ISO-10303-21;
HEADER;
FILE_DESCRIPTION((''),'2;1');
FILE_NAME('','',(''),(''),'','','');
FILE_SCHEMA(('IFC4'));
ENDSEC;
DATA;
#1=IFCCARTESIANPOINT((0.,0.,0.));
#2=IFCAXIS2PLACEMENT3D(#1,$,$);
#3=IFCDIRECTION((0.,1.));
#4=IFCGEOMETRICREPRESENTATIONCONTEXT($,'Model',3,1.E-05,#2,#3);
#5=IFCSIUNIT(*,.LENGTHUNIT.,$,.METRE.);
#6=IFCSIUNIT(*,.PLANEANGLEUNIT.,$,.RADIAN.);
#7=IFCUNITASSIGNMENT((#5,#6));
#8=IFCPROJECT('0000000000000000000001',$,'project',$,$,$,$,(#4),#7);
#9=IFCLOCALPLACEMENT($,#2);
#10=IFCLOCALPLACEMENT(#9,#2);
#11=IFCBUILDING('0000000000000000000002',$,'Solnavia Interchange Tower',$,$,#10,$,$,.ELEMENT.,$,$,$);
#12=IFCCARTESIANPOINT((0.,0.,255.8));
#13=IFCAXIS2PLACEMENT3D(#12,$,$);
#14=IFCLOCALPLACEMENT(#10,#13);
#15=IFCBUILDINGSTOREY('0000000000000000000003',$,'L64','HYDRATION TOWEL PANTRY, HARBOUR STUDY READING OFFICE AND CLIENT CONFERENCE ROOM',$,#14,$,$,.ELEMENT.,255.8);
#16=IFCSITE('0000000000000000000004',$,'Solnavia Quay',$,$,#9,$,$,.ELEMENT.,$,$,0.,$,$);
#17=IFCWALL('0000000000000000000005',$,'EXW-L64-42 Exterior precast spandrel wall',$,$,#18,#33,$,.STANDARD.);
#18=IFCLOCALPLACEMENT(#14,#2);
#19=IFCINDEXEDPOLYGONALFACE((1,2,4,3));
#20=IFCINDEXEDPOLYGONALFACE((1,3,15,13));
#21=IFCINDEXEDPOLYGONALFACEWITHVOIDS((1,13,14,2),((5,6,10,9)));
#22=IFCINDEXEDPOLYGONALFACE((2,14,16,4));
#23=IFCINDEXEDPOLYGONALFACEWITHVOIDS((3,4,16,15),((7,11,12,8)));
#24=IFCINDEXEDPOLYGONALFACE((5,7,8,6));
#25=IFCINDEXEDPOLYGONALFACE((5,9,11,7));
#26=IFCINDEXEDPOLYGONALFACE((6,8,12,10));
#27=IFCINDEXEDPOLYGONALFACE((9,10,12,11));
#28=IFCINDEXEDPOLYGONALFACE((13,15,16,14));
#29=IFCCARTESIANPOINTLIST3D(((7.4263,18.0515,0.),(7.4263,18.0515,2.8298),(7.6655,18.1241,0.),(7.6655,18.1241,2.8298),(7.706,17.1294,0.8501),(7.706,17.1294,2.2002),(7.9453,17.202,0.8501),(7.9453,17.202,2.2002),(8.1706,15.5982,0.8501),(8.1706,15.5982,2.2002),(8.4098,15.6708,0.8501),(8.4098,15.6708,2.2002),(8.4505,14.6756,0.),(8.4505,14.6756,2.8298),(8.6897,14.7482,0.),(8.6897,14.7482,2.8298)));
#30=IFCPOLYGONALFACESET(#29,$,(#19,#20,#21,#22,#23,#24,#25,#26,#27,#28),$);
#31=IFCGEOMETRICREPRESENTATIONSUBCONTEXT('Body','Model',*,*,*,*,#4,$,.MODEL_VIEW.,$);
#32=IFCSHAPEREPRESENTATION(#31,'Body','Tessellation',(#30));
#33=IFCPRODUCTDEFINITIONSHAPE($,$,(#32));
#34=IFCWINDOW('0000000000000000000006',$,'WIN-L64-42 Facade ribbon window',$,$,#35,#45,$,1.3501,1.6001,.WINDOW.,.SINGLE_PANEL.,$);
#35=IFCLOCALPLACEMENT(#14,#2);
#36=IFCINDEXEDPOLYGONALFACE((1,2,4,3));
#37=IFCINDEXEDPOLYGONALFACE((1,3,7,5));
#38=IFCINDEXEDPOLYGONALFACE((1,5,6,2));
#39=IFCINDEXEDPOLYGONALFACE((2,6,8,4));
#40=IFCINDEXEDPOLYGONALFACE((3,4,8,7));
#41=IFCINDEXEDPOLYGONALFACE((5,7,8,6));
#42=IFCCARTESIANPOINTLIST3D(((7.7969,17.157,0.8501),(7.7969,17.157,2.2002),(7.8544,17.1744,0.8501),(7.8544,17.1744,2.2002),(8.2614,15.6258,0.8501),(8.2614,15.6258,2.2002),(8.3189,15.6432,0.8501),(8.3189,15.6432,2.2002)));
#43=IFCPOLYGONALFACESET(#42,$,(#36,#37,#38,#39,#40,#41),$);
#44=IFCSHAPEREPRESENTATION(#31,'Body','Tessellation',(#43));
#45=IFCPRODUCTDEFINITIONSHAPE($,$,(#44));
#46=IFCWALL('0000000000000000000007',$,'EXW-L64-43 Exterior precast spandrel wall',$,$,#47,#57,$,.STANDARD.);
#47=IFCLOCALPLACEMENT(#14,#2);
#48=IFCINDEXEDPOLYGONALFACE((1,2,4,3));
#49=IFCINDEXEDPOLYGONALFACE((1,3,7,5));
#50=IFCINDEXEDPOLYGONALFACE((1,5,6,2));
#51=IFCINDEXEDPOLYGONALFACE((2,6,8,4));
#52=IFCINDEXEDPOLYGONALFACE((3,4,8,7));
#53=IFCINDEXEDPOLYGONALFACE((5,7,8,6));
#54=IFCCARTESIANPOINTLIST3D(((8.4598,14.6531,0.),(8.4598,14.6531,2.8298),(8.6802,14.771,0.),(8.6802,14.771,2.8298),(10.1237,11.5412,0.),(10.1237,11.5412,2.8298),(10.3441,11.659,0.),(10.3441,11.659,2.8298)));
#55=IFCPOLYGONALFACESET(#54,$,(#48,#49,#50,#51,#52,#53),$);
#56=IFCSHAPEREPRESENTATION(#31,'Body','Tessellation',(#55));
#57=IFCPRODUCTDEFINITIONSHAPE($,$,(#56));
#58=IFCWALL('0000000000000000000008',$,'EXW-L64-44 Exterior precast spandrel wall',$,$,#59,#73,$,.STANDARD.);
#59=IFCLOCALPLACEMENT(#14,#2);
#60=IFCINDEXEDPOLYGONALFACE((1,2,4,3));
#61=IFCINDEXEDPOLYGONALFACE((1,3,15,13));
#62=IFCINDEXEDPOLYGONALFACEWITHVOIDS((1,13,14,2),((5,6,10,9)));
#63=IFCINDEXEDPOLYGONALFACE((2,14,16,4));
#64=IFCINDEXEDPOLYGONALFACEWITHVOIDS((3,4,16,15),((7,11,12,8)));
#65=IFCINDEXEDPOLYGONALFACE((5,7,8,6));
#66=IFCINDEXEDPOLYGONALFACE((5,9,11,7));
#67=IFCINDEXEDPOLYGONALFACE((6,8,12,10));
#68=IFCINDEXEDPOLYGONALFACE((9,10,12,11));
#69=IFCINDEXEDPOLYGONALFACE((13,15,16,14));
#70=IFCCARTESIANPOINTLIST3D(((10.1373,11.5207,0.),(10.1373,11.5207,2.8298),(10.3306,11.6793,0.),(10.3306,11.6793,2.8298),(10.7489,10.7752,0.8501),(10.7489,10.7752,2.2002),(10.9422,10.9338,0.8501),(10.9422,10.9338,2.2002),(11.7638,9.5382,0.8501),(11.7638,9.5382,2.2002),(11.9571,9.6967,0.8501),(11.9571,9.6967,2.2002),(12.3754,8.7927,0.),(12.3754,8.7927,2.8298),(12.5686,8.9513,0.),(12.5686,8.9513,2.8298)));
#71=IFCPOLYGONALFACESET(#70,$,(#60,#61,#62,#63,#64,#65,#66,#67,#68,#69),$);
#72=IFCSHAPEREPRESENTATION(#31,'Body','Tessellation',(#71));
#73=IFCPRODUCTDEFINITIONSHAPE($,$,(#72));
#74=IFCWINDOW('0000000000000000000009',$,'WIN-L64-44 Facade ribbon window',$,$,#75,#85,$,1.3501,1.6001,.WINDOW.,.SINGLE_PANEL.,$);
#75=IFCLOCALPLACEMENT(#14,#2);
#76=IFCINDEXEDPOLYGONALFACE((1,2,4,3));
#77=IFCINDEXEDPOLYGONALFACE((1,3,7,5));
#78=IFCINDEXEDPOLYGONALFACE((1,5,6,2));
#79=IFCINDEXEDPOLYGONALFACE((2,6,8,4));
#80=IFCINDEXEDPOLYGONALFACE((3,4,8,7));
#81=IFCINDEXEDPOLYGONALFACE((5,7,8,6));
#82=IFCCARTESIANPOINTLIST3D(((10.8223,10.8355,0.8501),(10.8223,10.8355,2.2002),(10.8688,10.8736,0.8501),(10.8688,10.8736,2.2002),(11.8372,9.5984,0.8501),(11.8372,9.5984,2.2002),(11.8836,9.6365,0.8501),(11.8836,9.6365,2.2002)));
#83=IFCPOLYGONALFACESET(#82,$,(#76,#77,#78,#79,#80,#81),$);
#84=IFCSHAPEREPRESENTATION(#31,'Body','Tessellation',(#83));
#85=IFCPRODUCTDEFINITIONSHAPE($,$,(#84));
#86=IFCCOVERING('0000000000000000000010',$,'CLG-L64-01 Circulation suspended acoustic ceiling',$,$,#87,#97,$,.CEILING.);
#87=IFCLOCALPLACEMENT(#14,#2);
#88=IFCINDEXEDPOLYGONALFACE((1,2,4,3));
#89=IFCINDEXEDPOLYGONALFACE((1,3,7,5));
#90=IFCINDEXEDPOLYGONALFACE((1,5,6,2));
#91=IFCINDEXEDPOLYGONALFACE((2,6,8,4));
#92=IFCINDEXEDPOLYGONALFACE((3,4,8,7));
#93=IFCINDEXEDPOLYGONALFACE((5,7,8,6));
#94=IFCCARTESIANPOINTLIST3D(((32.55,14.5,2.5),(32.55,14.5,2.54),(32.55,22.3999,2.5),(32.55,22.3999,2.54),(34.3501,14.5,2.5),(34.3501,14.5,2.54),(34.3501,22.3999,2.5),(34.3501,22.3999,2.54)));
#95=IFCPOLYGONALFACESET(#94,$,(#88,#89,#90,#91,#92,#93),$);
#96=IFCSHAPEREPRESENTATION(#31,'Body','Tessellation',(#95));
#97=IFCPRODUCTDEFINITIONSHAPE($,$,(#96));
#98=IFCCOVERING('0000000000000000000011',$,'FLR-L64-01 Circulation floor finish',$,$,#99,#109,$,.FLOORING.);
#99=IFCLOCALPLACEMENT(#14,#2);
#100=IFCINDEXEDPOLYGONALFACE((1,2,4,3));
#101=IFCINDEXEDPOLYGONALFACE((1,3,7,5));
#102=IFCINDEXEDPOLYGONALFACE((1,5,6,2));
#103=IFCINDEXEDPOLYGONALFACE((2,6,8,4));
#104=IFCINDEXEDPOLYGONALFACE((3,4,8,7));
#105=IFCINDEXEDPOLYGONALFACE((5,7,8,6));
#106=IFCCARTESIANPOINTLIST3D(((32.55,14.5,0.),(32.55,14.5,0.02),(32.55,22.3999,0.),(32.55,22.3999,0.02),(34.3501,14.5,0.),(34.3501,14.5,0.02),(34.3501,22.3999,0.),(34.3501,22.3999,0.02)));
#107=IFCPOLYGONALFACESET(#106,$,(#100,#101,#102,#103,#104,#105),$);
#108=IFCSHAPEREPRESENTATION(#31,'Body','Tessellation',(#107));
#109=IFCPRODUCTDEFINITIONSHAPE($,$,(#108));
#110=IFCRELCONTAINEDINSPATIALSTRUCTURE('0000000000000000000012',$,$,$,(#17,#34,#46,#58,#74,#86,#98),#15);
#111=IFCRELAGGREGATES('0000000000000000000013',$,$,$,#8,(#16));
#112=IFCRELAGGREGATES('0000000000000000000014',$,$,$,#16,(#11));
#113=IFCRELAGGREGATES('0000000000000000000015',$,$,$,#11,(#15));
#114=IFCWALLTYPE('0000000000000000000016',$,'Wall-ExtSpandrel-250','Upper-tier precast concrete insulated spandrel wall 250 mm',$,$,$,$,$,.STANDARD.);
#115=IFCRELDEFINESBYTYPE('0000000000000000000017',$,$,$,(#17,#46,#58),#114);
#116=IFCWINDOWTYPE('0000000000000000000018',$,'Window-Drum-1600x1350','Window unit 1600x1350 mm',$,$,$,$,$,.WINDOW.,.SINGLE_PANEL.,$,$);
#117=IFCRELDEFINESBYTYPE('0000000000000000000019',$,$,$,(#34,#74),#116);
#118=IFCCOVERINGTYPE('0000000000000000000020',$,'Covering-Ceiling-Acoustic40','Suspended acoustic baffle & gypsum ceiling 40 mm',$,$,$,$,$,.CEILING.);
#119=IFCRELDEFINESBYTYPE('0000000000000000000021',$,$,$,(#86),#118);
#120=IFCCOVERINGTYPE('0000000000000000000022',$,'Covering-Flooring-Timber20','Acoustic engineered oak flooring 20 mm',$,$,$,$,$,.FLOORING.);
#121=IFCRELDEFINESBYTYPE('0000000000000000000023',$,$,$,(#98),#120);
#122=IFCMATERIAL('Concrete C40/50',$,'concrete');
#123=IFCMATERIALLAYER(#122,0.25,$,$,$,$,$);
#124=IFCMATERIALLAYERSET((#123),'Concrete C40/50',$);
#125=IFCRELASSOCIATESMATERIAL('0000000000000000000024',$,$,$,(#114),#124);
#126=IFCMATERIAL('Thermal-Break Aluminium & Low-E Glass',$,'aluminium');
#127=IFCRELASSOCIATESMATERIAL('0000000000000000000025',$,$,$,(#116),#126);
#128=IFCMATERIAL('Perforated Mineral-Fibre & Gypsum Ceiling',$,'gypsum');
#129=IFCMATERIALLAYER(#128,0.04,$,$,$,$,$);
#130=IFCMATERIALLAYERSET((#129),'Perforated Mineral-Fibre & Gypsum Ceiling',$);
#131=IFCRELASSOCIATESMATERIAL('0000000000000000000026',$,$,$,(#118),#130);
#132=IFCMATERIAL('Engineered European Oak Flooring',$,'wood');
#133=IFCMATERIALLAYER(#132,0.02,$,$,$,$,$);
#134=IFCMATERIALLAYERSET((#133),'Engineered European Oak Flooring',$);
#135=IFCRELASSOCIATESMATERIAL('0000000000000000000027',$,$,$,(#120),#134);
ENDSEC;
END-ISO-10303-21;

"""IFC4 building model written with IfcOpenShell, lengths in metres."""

from ifc_helpers import new_model, si_unit, direction, frame, frame_2d, origin, place, context, subcontext, project, spatial, polyline, rectangle, outline, extrude, material, layer, layer_set, type_object, element, fill, save


model = new_model("IFC4")

# Units and contexts
model_context = context("Model", 3, precision=1e-05, world=origin(), true_north=direction((0.0, 1.0)))
body_context = subcontext(model_context, "Body", "Model", "MODEL_VIEW")
ifc_project = project(units=[si_unit("LENGTHUNIT", "METRE"), si_unit("PLANEANGLEUNIT", "RADIAN")], contexts=[model_context])

# Site, building, storey
site_placement = place(None, origin())
site = spatial("IfcSite", under=ifc_project, at=site_placement, Name="Solnavia Quay", CompositionType="ELEMENT", RefElevation=0.0)
building_placement = place(site_placement, origin())
building = spatial("IfcBuilding", under=site, at=building_placement, Name="Solnavia Interchange Tower", CompositionType="ELEMENT")
storey_placement = place(building_placement, frame((0.0, 0.0, 255.8)))
storey = spatial("IfcBuildingStorey", under=building, at=storey_placement, Name="L64", Description="HYDRATION TOWEL PANTRY, HARBOUR STUDY READING OFFICE AND CLIENT CONFERENCE ROOM", CompositionType="ELEMENT", Elevation=255.8)

# Shared definitions
ifc_material_1 = material(Name="Concrete C40/50", Category="concrete")

# Wall, opening, window
ifc_layer_1 = layer(ifc_material_1, 0.25)
ifc_layer_set_1 = layer_set([ifc_layer_1], Name="Concrete C40/50")
wall_type_1 = type_object("IfcWallType", Name="Wall-ExtSpandrel-250", Description="Upper-tier precast concrete insulated spandrel wall 250 mm", PredefinedType="STANDARD", material=ifc_layer_set_1)
ifc_material_2 = material(Name="Thermal-Break Aluminium & Low-E Glass", Category="aluminium")
window_type = type_object("IfcWindowType", Name="Window-Drum-1600x1350", Description="Window unit 1600x1350 mm", PartitioningType="SINGLE_PANEL", PredefinedType="WINDOW", material=ifc_material_2)
wall_1_placement = place(storey_placement, frame((8.5701, 14.7119, 0.0), z_axis=(0.0, 0.0, 1.0), x_axis=(-0.290305, 0.956934, 0.0)))
wall_1 = element("IfcWall", 1, at=wall_1_placement, inside=storey, type_object=wall_type_1, Name="EXW-L64-42 Exterior precast spandrel wall", PredefinedType="STANDARD", context=body_context, shape_type="SweptSolid", body=[
    extrude(rectangle(XDim=3.5278, YDim=0.25, at=frame_2d((1.7639, 0.0))), origin(), (0.0, 0.0, 1.0), 2.8298),
])
opening_1_placement = place(wall_1_placement, frame((0.9641, 0.0, 0.8501)))
opening_1 = element("IfcOpeningElement", 2, at=opening_1_placement, cuts=wall_1, PredefinedType="OPENING", context=body_context, shape_type="SweptSolid", body=[
    extrude(rectangle(XDim=1.6001, YDim=1.3501, at=frame_2d((0.8, 0.675))), frame((0.0, 0.135, 0.0), z_axis=(0.0, -1.0, 0.0), x_axis=(1.0, 0.0, 0.0)), (0.0, 0.0, 1.0), 0.27),
])
window_1_placement = place(opening_1_placement, origin())
window_1 = element("IfcWindow", 3, at=window_1_placement, inside=storey, type_object=window_type, Name="WIN-L64-42 Facade ribbon window", OverallHeight=1.3501, OverallWidth=1.6001, PartitioningType="SINGLE_PANEL", PredefinedType="WINDOW", context=body_context, shape_type="SweptSolid", body=[
    extrude(rectangle(XDim=1.6001, YDim=1.3501, at=frame_2d((0.8, 0.675))), frame((0.0, 0.03, 0.0), z_axis=(0.0, -1.0, 0.0), x_axis=(1.0, 0.0, 0.0)), (0.0, 0.0, 1.0), 0.0601),
])
fill(opening_1, window_1)

# Wall
wall_2_placement = place(storey_placement, frame((10.2339, 11.6001, 0.0), z_axis=(0.0, 0.0, 1.0), x_axis=(-0.471511, 0.88186, 0.0)))
element("IfcWall", 4, at=wall_2_placement, inside=storey, type_object=wall_type_1, Name="EXW-L64-43 Exterior precast spandrel wall", PredefinedType="STANDARD", context=body_context, shape_type="SweptSolid", body=[
    extrude(rectangle(XDim=3.5288, YDim=0.25, at=frame_2d((1.7644, 0.0))), origin(), (0.0, 0.0, 1.0), 2.8298),
])

# Wall, opening, window
wall_3_placement = place(storey_placement, frame((12.4719, 8.8721, 0.0), z_axis=(0.0, 0.0, 1.0), x_axis=(-0.634258, 0.773121, 0.0)))
wall_3 = element("IfcWall", 5, at=wall_3_placement, inside=storey, type_object=wall_type_1, Name="EXW-L64-44 Exterior precast spandrel wall", PredefinedType="STANDARD", context=body_context, shape_type="SweptSolid", body=[
    extrude(rectangle(XDim=3.5286, YDim=0.25, at=frame_2d((1.7642, 0.0))), origin(), (0.0, 0.0, 1.0), 2.8298),
])
opening_2_placement = place(wall_3_placement, frame((0.9641, 0.0, 0.8501)))
opening_2 = element("IfcOpeningElement", 6, at=opening_2_placement, cuts=wall_3, PredefinedType="OPENING", context=body_context, shape_type="SweptSolid", body=[
    extrude(rectangle(XDim=1.6001, YDim=1.3501, at=frame_2d((0.8, 0.675))), frame((0.0, 0.135, 0.0), z_axis=(0.0, -1.0, 0.0), x_axis=(1.0, 0.0, 0.0)), (0.0, 0.0, 1.0), 0.27),
])
window_2_placement = place(opening_2_placement, origin())
window_2 = element("IfcWindow", 7, at=window_2_placement, inside=storey, type_object=window_type, Name="WIN-L64-44 Facade ribbon window", OverallHeight=1.3501, OverallWidth=1.6001, PartitioningType="SINGLE_PANEL", PredefinedType="WINDOW", context=body_context, shape_type="SweptSolid", body=[
    extrude(rectangle(XDim=1.6001, YDim=1.3501, at=frame_2d((0.8, 0.675))), frame((0.0, 0.03, 0.0), z_axis=(0.0, -1.0, 0.0), x_axis=(1.0, 0.0, 0.0)), (0.0, 0.0, 1.0), 0.0601),
])
fill(opening_2, window_2)

# Coverings
ifc_material_3 = material(Name="Perforated Mineral-Fibre & Gypsum Ceiling", Category="gypsum")
ifc_layer_2 = layer(ifc_material_3, 0.04)
ifc_layer_set_2 = layer_set([ifc_layer_2], Name="Perforated Mineral-Fibre & Gypsum Ceiling")
covering_type_1 = type_object("IfcCoveringType", Name="Covering-Ceiling-Acoustic40", Description="Suspended acoustic baffle & gypsum ceiling 40 mm", PredefinedType="CEILING", material=ifc_layer_set_2)
covering_1_placement = place(storey_placement, frame((0.0, 0.0, 2.5)))
element("IfcCovering", 8, at=covering_1_placement, inside=storey, type_object=covering_type_1, Name="CLG-L64-01 Circulation suspended acoustic ceiling", PredefinedType="CEILING", context=body_context, shape_type="SweptSolid", body=[
    extrude(outline(polyline([(32.55, 14.5), (34.3501, 14.5), (34.3501, 22.3999), (32.55, 22.3999), (32.55, 14.5)])), origin(), (0.0, 0.0, 1.0), 0.04),
])
ifc_material_4 = material(Name="Engineered European Oak Flooring", Category="wood")
ifc_layer_3 = layer(ifc_material_4, 0.02)
ifc_layer_set_3 = layer_set([ifc_layer_3], Name="Engineered European Oak Flooring")
covering_type_2 = type_object("IfcCoveringType", Name="Covering-Flooring-Timber20", Description="Acoustic engineered oak flooring 20 mm", PredefinedType="FLOORING", material=ifc_layer_set_3)
covering_2_placement = place(storey_placement, origin())
element("IfcCovering", 9, at=covering_2_placement, inside=storey, type_object=covering_type_2, Name="FLR-L64-01 Circulation floor finish", PredefinedType="FLOORING", context=body_context, shape_type="SweptSolid", body=[
    extrude(outline(polyline([(32.55, 14.5), (34.3501, 14.5), (34.3501, 22.3999), (32.55, 22.3999), (32.55, 14.5)])), origin(), (0.0, 0.0, 1.0), 0.02),
])

save(model, "model.ifc")
